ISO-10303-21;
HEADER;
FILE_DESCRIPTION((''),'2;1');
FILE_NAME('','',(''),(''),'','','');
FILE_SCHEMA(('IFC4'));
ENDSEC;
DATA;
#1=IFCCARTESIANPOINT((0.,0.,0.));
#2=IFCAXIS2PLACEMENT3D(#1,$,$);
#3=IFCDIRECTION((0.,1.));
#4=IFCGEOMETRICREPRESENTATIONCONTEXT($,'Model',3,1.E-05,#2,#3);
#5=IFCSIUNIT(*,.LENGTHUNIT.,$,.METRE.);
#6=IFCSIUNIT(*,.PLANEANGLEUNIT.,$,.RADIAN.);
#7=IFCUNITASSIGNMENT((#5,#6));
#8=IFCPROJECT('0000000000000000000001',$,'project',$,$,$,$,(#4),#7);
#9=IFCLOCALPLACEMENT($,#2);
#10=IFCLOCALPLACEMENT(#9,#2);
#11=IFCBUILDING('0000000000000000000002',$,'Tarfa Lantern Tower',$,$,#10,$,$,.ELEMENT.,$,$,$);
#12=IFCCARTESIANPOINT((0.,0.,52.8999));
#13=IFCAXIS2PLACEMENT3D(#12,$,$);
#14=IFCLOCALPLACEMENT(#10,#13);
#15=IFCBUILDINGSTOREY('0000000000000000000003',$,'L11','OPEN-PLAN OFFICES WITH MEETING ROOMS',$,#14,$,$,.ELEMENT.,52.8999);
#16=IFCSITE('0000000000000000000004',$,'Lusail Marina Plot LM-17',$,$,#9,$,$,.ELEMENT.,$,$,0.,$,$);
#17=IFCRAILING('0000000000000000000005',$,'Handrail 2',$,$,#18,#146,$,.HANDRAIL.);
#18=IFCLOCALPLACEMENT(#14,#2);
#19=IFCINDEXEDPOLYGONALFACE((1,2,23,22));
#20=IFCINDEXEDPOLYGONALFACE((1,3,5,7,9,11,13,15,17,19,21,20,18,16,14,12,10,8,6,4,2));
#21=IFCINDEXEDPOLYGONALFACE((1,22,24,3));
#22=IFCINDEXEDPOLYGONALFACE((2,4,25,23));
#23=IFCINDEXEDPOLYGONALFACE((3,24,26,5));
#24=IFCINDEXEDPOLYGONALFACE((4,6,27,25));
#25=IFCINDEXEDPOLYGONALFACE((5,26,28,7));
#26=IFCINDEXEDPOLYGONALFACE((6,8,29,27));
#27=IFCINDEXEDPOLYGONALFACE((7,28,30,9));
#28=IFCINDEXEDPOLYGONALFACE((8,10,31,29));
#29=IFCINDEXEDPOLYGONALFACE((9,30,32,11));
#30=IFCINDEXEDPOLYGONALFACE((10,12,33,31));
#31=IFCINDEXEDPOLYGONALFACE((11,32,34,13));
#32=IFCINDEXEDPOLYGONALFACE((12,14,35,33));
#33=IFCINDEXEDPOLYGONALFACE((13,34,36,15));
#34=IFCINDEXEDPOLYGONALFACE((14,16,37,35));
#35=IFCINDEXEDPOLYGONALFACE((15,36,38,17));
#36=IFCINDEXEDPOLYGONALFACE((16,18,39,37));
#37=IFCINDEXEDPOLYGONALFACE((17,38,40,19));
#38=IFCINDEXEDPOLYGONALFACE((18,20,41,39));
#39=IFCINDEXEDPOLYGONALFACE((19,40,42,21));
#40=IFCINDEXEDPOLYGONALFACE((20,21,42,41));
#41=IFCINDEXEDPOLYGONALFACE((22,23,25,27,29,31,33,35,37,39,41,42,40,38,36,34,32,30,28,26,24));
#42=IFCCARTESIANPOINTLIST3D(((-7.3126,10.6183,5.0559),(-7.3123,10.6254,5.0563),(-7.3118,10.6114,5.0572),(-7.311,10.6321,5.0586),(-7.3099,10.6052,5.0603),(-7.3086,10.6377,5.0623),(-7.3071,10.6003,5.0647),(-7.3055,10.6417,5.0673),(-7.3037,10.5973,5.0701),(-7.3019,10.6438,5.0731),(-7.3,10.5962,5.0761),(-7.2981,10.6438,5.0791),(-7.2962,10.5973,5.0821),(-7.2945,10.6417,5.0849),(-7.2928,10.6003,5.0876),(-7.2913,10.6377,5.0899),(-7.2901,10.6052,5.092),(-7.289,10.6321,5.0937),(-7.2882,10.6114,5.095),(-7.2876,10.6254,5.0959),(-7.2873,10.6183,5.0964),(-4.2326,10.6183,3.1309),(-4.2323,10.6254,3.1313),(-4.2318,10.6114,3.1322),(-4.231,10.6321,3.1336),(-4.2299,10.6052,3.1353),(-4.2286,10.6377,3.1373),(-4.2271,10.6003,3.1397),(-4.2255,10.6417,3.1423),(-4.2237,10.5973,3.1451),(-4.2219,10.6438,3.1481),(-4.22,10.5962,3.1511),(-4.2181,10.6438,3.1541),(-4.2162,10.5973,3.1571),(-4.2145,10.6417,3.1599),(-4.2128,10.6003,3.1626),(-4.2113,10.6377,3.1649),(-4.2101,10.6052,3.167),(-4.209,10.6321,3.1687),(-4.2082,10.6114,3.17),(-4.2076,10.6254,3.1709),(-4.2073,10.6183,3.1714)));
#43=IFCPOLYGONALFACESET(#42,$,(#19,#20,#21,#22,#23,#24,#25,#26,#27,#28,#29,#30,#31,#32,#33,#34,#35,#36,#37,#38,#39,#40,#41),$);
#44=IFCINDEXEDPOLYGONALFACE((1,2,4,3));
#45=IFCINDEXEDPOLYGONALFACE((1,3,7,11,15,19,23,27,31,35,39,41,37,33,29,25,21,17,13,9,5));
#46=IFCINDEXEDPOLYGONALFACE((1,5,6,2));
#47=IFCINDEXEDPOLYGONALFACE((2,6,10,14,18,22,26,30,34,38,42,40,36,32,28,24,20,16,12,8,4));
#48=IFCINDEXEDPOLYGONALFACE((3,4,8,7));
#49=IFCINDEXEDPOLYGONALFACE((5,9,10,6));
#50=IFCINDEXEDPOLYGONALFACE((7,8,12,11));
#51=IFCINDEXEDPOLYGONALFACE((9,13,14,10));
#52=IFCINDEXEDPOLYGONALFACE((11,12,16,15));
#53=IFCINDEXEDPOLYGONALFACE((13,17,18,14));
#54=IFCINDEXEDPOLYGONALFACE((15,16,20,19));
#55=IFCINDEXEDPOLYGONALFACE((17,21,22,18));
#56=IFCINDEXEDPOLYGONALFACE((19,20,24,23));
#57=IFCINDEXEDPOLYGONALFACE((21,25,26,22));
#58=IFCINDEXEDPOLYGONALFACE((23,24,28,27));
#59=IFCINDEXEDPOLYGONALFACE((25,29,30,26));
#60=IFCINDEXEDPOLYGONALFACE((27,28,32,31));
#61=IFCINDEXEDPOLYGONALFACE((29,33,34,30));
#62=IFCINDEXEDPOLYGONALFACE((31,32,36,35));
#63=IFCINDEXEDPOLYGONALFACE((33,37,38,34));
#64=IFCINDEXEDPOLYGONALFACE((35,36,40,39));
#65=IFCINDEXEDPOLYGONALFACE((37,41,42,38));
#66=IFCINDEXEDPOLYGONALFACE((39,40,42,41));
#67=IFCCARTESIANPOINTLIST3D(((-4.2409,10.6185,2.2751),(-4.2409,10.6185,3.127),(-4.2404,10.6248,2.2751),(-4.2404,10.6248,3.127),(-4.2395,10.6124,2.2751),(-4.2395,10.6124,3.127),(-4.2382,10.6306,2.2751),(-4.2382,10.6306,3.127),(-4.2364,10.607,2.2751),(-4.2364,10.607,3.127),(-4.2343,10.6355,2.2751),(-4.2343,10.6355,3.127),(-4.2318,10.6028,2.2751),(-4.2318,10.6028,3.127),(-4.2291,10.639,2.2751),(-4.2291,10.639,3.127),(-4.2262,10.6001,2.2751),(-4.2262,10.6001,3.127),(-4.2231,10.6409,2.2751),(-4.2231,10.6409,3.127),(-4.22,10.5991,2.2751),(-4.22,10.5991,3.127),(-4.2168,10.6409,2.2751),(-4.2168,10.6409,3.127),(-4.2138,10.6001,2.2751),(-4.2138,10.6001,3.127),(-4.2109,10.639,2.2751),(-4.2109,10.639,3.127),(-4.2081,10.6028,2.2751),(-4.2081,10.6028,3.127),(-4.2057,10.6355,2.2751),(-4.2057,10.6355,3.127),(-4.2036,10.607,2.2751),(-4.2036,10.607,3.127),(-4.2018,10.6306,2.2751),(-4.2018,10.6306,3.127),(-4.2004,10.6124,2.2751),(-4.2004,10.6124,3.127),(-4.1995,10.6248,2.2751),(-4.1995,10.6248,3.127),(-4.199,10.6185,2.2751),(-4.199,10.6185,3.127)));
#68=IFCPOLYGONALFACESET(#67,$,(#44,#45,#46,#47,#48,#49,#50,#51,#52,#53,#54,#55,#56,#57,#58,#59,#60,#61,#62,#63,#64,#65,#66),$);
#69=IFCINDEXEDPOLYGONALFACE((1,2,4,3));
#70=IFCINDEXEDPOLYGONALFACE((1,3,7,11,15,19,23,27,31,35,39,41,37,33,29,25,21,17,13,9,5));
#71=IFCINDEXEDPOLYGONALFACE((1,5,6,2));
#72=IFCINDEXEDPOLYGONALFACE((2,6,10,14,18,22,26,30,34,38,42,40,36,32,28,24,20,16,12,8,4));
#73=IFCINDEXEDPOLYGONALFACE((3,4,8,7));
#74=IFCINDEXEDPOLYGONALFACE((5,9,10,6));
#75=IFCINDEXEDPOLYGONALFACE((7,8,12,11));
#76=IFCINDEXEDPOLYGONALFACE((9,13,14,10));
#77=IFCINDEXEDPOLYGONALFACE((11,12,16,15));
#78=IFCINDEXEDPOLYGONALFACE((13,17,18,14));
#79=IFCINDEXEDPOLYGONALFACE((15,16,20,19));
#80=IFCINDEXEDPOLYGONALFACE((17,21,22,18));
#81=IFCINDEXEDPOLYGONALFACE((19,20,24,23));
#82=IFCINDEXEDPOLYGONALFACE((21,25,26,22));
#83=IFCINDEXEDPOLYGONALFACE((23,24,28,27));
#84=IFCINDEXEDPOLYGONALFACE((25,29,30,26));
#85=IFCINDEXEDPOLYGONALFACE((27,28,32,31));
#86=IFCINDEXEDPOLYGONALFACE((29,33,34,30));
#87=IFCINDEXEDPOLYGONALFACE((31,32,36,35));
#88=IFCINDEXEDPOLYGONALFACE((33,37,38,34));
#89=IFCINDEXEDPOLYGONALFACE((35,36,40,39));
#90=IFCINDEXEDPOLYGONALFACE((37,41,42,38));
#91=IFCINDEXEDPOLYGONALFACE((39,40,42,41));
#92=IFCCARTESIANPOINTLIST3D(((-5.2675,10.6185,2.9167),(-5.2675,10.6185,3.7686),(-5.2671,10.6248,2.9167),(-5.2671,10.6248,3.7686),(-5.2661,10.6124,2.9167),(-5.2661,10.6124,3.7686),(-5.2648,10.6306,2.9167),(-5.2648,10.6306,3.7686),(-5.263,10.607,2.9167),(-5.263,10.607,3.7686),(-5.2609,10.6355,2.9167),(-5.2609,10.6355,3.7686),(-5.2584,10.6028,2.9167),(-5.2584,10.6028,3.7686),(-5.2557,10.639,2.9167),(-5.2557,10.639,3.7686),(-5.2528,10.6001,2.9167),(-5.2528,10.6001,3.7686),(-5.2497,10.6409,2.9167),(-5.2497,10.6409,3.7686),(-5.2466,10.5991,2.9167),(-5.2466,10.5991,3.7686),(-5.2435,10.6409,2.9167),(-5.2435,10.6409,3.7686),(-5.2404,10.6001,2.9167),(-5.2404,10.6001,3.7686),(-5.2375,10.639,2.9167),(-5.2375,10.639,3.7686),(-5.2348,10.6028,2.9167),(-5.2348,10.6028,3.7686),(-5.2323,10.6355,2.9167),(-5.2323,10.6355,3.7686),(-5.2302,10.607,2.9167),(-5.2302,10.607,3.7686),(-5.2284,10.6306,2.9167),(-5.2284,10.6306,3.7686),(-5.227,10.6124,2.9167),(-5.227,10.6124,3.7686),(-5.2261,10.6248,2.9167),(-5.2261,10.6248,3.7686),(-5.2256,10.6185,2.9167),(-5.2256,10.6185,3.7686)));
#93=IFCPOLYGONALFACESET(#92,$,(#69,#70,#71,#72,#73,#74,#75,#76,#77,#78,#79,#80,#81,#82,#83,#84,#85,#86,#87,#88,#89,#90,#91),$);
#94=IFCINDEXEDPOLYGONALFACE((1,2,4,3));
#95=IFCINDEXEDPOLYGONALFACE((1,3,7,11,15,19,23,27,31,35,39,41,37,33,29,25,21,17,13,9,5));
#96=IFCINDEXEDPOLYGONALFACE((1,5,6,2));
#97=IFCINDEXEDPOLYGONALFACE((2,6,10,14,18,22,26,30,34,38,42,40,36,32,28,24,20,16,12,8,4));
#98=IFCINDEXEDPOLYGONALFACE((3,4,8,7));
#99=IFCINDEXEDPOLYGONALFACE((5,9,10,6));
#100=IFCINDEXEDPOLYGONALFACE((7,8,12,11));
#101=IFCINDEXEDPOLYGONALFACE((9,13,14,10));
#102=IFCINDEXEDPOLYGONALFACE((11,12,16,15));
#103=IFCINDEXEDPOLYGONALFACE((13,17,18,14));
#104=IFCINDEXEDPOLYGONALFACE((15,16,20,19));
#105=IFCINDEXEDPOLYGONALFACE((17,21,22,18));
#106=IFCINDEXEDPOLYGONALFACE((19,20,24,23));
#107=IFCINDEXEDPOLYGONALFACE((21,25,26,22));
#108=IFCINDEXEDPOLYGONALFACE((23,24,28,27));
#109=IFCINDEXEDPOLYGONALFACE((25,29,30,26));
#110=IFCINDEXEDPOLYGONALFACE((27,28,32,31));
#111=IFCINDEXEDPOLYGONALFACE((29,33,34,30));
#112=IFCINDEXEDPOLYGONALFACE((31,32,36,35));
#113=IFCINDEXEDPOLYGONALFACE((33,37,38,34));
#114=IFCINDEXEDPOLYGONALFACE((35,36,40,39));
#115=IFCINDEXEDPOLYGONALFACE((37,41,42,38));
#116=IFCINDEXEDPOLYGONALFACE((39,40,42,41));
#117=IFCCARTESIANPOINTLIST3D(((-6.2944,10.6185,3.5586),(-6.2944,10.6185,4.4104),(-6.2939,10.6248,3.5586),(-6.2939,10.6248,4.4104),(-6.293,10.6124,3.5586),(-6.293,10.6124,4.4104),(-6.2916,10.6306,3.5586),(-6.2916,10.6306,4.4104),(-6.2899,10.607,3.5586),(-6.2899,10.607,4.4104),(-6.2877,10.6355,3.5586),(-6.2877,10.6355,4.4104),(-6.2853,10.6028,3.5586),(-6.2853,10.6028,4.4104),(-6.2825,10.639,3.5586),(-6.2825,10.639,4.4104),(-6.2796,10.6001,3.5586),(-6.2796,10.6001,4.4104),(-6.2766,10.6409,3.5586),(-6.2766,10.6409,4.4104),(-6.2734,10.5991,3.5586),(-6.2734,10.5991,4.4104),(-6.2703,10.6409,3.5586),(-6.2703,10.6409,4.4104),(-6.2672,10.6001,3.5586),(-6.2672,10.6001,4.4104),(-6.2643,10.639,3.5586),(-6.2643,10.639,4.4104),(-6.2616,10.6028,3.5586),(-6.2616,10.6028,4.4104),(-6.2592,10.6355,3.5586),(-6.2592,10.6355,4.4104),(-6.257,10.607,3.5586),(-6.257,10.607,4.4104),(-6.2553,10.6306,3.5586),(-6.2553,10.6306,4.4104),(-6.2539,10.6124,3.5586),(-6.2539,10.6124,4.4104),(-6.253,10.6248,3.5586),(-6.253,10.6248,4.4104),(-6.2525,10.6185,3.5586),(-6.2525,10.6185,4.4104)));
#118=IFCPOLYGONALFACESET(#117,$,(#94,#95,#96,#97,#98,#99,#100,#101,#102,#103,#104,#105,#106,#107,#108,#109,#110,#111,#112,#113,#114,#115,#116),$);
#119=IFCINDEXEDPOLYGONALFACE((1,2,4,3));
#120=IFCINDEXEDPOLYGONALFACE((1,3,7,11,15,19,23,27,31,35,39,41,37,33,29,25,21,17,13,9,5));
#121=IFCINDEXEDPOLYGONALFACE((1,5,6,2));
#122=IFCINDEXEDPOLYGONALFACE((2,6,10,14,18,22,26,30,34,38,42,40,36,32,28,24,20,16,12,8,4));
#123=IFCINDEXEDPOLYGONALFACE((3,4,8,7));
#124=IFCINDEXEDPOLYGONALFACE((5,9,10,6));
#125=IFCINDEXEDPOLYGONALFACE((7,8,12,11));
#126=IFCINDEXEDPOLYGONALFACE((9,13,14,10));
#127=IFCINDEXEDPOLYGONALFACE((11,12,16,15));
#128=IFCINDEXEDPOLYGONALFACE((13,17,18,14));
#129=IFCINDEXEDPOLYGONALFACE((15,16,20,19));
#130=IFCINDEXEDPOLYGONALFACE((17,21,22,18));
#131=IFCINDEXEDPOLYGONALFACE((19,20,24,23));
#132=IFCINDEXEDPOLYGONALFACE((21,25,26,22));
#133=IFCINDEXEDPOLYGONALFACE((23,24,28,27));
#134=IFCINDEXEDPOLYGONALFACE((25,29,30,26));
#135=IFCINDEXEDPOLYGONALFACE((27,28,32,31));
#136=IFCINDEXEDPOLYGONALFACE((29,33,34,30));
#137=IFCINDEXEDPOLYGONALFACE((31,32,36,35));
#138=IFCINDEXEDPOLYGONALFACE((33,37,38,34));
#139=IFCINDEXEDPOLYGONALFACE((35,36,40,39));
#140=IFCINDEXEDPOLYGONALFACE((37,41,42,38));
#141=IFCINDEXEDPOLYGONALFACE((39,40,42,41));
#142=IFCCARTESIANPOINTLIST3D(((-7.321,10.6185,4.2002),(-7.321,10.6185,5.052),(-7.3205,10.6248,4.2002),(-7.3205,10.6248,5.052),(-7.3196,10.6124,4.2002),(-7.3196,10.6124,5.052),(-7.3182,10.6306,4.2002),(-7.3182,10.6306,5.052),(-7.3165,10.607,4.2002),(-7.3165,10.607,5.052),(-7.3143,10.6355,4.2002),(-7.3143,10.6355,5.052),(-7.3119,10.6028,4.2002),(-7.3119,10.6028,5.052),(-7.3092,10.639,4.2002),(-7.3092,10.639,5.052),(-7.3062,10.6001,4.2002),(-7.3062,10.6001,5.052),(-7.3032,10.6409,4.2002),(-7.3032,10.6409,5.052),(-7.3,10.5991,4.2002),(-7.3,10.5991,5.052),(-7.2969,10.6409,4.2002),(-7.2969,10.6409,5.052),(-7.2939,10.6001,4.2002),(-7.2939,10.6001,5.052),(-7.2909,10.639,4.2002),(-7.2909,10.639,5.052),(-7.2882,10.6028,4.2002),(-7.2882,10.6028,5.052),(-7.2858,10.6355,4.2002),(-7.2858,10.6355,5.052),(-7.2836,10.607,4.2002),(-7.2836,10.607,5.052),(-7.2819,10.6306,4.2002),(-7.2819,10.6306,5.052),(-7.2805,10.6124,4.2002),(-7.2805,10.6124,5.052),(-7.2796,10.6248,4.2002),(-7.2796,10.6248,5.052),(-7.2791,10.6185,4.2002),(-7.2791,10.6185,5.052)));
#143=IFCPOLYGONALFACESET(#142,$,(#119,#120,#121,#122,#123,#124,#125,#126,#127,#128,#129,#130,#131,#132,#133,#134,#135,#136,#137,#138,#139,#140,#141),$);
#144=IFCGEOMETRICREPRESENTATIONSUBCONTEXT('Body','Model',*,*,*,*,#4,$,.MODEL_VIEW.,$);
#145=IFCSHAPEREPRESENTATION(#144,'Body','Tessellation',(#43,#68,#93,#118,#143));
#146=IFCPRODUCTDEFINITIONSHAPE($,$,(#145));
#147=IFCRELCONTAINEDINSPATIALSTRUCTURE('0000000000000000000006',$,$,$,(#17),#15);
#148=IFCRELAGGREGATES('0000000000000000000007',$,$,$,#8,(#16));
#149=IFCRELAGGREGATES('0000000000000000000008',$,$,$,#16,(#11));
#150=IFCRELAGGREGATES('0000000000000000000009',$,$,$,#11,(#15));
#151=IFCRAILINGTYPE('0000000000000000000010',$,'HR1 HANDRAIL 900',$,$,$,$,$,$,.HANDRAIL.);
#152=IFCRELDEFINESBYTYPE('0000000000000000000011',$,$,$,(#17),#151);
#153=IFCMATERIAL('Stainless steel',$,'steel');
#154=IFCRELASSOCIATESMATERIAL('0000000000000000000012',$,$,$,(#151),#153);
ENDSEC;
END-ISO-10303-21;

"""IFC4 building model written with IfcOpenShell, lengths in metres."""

from ifc_helpers import new_model, si_unit, direction, frame, origin, origin_2d, place, context, subcontext, project, spatial, circle, extrude, material, type_object, element, save


model = new_model("IFC4")

# Units and contexts
model_context = context("Model", 3, precision=1e-05, world=origin(), true_north=direction((0.0, 1.0)))
body_context = subcontext(model_context, "Body", "Model", "MODEL_VIEW")
ifc_project = project(units=[si_unit("LENGTHUNIT", "METRE"), si_unit("PLANEANGLEUNIT", "RADIAN")], contexts=[model_context])

# Site, building, storey
site_placement = place(None, origin())
site = spatial("IfcSite", under=ifc_project, at=site_placement, Name="Lusail Marina Plot LM-17", CompositionType="ELEMENT", RefElevation=0.0)
building_placement = place(site_placement, origin())
building = spatial("IfcBuilding", under=site, at=building_placement, Name="Tarfa Lantern Tower", CompositionType="ELEMENT")
storey_placement = place(building_placement, frame((0.0, 0.0, 52.8999)))
storey = spatial("IfcBuildingStorey", under=building, at=storey_placement, Name="L11", Description="OPEN-PLAN OFFICES WITH MEETING ROOMS", CompositionType="ELEMENT", Elevation=52.8999)

# Railing
ifc_material_1 = material(Name="Stainless steel", Category="steel")
railing_type = type_object("IfcRailingType", Name="HR1 HANDRAIL 900", PredefinedType="HANDRAIL", material=ifc_material_1)
railing_1_placement = place(storey_placement, frame((-4.22, 10.6201, 2.2751)))
element("IfcRailing", 1, at=railing_1_placement, inside=storey, type_object=railing_type, Name="Handrail 2", PredefinedType="HANDRAIL", context=body_context, shape_type="SweptSolid", body=[
    extrude(circle(Radius=0.0239, at=origin_2d()), frame((0.0, 0.0, 0.876), z_axis=(-0.847998, 0.0, 0.529999), x_axis=(0.0, -1.0, 0.0)), (0.0, 0.0, 1.0), 3.6321),
    extrude(circle(Radius=0.021, at=origin_2d()), frame((0.0, 0.0, 0.0), z_axis=(0.0, 0.0, 1.0), x_axis=(0.0, -1.0, 0.0)), (0.0, 0.0, 1.0), 0.8518),
    extrude(circle(Radius=0.021, at=origin_2d()), frame((-1.0266, 0.0, 0.6416), z_axis=(0.0, 0.0, 1.0), x_axis=(0.0, -1.0, 0.0)), (0.0, 0.0, 1.0), 0.8518),
    extrude(circle(Radius=0.021, at=origin_2d()), frame((-2.0535, 0.0, 1.2834), z_axis=(0.0, 0.0, 1.0), x_axis=(0.0, -1.0, 0.0)), (0.0, 0.0, 1.0), 0.8518),
    extrude(circle(Radius=0.021, at=origin_2d()), frame((-3.0801, 0.0, 1.925), z_axis=(0.0, 0.0, 1.0), x_axis=(0.0, -1.0, 0.0)), (0.0, 0.0, 1.0), 0.8518),
])

save(model, "model.ifc")
